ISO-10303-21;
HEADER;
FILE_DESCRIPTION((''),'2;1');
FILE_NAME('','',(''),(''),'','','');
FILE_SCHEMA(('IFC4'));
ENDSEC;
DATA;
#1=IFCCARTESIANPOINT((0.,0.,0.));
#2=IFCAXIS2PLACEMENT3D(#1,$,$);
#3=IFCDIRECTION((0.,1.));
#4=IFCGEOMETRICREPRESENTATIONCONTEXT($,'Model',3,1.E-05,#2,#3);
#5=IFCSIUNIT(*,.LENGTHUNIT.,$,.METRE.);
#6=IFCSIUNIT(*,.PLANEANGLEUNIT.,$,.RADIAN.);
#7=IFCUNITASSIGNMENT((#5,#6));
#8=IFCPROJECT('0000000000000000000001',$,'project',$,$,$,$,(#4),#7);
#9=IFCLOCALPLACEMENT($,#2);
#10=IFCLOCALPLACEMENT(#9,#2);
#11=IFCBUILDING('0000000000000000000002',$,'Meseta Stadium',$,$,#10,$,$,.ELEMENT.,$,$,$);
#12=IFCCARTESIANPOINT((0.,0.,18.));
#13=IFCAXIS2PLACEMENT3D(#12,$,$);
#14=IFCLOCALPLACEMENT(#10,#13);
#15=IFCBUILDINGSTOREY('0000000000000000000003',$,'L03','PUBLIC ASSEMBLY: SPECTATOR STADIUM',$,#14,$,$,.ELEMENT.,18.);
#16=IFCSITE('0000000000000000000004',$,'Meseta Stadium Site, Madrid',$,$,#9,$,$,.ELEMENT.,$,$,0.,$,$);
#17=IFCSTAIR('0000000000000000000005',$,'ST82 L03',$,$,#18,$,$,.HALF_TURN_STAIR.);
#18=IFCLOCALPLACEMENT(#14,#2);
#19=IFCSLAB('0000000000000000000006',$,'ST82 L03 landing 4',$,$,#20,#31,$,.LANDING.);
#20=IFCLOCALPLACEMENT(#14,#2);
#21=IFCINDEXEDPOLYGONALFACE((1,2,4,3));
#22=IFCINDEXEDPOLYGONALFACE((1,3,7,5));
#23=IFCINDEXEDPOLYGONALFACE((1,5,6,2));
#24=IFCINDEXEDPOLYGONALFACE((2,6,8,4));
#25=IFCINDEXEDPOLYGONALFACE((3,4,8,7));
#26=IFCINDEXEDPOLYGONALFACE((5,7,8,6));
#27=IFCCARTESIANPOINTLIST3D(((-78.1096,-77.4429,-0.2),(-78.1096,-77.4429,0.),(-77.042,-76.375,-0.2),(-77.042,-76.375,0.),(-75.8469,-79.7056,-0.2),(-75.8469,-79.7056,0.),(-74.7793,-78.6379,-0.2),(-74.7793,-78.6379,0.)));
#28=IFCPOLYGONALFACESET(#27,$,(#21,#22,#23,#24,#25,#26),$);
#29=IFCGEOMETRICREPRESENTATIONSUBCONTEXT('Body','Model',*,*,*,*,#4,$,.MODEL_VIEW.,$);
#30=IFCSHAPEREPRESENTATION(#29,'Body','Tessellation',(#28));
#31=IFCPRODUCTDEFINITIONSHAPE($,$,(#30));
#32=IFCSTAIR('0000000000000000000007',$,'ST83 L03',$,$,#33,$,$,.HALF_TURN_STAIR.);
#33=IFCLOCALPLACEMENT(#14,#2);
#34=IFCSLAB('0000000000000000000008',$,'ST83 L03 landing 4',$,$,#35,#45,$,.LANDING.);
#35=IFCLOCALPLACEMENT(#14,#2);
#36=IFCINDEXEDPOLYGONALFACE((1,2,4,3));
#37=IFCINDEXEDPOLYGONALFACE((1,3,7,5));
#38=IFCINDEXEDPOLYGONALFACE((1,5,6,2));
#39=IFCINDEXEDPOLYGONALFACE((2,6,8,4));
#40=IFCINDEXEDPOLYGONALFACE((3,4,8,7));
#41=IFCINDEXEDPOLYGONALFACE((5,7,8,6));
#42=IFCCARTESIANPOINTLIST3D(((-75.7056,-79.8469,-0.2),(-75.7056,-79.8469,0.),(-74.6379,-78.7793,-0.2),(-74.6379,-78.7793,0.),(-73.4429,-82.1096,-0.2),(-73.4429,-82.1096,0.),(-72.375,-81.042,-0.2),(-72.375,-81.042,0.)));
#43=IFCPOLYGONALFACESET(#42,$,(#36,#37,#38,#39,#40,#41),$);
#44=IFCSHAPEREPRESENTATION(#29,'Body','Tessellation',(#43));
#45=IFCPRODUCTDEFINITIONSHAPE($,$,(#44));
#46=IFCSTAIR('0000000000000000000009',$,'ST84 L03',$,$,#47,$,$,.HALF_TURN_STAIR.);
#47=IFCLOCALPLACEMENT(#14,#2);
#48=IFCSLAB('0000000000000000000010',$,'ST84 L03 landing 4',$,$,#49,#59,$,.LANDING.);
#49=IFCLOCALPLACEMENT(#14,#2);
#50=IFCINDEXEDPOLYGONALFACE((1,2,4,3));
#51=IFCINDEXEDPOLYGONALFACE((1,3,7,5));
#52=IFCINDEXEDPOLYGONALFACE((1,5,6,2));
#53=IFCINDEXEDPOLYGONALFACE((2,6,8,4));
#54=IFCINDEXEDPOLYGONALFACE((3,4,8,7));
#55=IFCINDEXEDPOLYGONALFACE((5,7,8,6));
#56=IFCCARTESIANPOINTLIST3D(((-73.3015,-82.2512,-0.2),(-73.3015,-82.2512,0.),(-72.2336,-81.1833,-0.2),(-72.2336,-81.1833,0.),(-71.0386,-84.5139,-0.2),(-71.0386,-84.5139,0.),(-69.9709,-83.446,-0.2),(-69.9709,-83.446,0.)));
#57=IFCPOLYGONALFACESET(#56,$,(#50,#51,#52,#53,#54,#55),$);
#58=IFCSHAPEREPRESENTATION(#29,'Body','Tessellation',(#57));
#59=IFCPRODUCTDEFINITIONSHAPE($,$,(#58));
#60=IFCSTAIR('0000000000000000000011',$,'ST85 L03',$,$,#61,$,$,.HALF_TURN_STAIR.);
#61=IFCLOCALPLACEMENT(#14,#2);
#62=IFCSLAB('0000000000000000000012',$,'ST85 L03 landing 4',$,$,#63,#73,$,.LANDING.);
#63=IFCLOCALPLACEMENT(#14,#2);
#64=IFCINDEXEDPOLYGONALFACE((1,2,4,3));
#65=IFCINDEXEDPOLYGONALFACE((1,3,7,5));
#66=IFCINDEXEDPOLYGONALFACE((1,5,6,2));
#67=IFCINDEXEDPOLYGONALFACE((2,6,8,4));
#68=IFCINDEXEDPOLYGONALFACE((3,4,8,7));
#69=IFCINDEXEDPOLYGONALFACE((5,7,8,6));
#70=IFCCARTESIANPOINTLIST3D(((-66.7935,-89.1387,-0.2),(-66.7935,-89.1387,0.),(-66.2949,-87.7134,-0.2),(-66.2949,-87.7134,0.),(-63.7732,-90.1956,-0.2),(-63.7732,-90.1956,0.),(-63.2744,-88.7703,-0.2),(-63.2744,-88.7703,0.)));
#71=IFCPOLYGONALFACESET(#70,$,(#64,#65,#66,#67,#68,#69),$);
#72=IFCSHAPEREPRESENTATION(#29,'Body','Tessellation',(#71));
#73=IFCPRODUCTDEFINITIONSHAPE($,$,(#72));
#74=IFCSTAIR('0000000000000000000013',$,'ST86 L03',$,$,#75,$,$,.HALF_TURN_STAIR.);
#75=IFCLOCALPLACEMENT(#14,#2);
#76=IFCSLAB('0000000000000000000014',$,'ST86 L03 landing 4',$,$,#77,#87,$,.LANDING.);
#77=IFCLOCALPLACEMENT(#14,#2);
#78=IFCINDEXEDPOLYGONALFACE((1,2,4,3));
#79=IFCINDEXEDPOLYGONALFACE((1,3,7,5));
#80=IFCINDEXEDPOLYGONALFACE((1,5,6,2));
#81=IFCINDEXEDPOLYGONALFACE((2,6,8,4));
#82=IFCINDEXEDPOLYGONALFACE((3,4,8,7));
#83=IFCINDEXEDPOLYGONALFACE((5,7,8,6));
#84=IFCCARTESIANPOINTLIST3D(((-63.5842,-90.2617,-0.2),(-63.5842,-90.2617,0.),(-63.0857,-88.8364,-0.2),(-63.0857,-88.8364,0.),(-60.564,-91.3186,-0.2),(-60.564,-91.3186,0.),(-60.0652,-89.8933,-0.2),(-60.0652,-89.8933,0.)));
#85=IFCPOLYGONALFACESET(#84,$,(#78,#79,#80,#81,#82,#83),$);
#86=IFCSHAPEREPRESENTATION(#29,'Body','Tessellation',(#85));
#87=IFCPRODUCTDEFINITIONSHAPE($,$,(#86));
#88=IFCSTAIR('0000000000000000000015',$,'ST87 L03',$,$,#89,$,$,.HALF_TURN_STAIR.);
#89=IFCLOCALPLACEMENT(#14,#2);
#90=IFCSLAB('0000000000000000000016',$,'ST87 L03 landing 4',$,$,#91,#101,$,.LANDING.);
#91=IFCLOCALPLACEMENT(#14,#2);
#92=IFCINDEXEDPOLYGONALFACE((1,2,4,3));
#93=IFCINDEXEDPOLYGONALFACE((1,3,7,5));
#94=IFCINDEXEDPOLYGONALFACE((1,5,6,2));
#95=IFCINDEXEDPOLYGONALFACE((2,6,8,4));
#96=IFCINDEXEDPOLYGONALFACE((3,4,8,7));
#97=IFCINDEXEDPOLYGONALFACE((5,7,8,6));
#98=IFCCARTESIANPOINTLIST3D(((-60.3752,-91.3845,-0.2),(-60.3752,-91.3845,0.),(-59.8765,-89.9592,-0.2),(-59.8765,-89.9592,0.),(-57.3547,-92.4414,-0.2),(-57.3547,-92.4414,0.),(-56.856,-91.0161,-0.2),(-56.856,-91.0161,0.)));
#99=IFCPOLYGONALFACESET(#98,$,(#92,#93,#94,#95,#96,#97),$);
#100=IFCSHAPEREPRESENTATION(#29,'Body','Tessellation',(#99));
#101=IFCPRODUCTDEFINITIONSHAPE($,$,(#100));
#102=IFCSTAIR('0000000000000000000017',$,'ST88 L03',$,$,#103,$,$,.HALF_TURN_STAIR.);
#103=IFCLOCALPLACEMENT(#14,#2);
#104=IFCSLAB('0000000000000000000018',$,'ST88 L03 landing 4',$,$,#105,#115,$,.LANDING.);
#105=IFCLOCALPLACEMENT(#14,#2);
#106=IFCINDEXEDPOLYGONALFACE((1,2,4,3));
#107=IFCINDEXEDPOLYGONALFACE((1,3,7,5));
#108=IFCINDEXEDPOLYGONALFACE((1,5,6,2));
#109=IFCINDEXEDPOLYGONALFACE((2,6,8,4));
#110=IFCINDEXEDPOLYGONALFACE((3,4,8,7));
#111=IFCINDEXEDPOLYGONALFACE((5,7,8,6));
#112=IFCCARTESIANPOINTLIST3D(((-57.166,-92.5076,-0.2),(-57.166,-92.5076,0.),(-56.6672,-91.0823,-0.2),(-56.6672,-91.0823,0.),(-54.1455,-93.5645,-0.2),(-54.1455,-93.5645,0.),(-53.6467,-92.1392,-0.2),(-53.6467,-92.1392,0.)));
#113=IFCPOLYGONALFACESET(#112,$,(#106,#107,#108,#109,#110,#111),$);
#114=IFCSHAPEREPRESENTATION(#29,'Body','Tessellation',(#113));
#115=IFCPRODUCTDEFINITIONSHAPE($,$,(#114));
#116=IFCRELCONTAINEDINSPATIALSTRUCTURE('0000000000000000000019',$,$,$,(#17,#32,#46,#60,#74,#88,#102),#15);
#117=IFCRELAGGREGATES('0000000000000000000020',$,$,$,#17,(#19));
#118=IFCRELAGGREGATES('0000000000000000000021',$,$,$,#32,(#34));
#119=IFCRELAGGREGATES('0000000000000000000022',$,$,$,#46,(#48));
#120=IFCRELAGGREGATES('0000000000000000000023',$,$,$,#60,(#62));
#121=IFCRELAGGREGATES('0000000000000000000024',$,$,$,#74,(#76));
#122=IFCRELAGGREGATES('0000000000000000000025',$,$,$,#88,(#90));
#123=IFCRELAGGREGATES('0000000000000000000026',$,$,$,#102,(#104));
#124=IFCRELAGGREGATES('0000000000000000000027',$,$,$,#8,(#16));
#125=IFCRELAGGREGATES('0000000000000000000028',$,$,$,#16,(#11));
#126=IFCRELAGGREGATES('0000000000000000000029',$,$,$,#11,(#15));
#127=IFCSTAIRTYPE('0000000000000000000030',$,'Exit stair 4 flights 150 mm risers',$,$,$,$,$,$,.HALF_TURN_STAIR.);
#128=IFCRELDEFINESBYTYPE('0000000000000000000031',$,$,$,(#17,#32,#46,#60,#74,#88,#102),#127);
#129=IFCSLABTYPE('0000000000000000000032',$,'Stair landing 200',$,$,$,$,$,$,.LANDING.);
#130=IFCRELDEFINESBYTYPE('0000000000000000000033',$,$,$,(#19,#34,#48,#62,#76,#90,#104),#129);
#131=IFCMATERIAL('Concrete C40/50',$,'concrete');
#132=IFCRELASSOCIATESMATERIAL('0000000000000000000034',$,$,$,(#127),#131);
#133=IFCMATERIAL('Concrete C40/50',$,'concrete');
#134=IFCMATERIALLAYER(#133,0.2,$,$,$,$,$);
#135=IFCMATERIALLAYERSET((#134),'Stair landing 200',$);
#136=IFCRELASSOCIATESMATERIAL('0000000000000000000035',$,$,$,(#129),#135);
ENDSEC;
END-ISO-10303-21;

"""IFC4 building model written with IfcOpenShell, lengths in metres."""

from ifc_helpers import new_model, si_unit, direction, frame, origin, place, context, subcontext, project, spatial, polyline, outline, extrude, material, layer, layer_set, type_object, element, aggregate, save


model = new_model("IFC4")

# Units and contexts
model_context = context("Model", 3, precision=1e-05, world=origin(), true_north=direction((0.0, 1.0)))
body_context = subcontext(model_context, "Body", "Model", "MODEL_VIEW")
ifc_project = project(units=[si_unit("LENGTHUNIT", "METRE"), si_unit("PLANEANGLEUNIT", "RADIAN")], contexts=[model_context])

# Site, building, storey
site_placement = place(None, origin())
site = spatial("IfcSite", under=ifc_project, at=site_placement, Name="Meseta Stadium Site, Madrid", CompositionType="ELEMENT", RefElevation=0.0)
building_placement = place(site_placement, origin())
building = spatial("IfcBuilding", under=site, at=building_placement, Name="Meseta Stadium", CompositionType="ELEMENT")
storey_placement = place(building_placement, frame((0.0, 0.0, 18.0)))
storey = spatial("IfcBuildingStorey", under=building, at=storey_placement, Name="L03", Description="PUBLIC ASSEMBLY: SPECTATOR STADIUM", CompositionType="ELEMENT", Elevation=18.0)

# Stairs, slabs
ifc_material_1 = material(Name="Concrete C40/50", Category="concrete")
stair_type = type_object("IfcStairType", Name="Exit stair 4 flights 150 mm risers", PredefinedType="HALF_TURN_STAIR", material=ifc_material_1)
ifc_material_2 = material(Name="Concrete C40/50", Category="concrete")
ifc_layer = layer(ifc_material_2, 0.2)
ifc_layer_set = layer_set([ifc_layer], Name="Stair landing 200")
slab_type = type_object("IfcSlabType", Name="Stair landing 200", PredefinedType="LANDING", material=ifc_layer_set)
stair_1_placement = place(storey_placement, origin())
stair_1 = element("IfcStair", 1, at=stair_1_placement, inside=storey, type_object=stair_type, Name="ST82 L03", PredefinedType="HALF_TURN_STAIR")
slab_1_placement = place(storey_placement, frame((0.0, 0.0, -0.2)))
slab_1 = element("IfcSlab", 2, at=slab_1_placement, type_object=slab_type, Name="ST82 L03 landing 4", PredefinedType="LANDING", context=body_context, shape_type="SweptSolid", body=[
    extrude(outline(polyline([(-77.042, -76.375), (-78.1096, -77.4429), (-75.8469, -79.7056), (-74.7793, -78.6379), (-77.042, -76.375)])), origin(), (0.0, 0.0, 1.0), 0.2),
])
aggregate(stair_1, [slab_1])
stair_2_placement = place(storey_placement, origin())
stair_2 = element("IfcStair", 3, at=stair_2_placement, inside=storey, type_object=stair_type, Name="ST83 L03", PredefinedType="HALF_TURN_STAIR")
slab_2_placement = place(storey_placement, frame((0.0, 0.0, -0.2)))
slab_2 = element("IfcSlab", 4, at=slab_2_placement, type_object=slab_type, Name="ST83 L03 landing 4", PredefinedType="LANDING", context=body_context, shape_type="SweptSolid", body=[
    extrude(outline(polyline([(-74.6379, -78.7793), (-75.7056, -79.8469), (-73.4429, -82.1096), (-72.375, -81.042), (-74.6379, -78.7793)])), origin(), (0.0, 0.0, 1.0), 0.2),
])
aggregate(stair_2, [slab_2])
stair_3_placement = place(storey_placement, origin())
stair_3 = element("IfcStair", 5, at=stair_3_placement, inside=storey, type_object=stair_type, Name="ST84 L03", PredefinedType="HALF_TURN_STAIR")
slab_3_placement = place(storey_placement, frame((0.0, 0.0, -0.2)))
slab_3 = element("IfcSlab", 6, at=slab_3_placement, type_object=slab_type, Name="ST84 L03 landing 4", PredefinedType="LANDING", context=body_context, shape_type="SweptSolid", body=[
    extrude(outline(polyline([(-72.2336, -81.1833), (-73.3015, -82.2512), (-71.0386, -84.5139), (-69.9709, -83.446), (-72.2336, -81.1833)])), origin(), (0.0, 0.0, 1.0), 0.2),
])
aggregate(stair_3, [slab_3])
stair_4_placement = place(storey_placement, origin())
stair_4 = element("IfcStair", 7, at=stair_4_placement, inside=storey, type_object=stair_type, Name="ST85 L03", PredefinedType="HALF_TURN_STAIR")
slab_4_placement = place(storey_placement, frame((0.0, 0.0, -0.2)))
slab_4 = element("IfcSlab", 8, at=slab_4_placement, type_object=slab_type, Name="ST85 L03 landing 4", PredefinedType="LANDING", context=body_context, shape_type="SweptSolid", body=[
    extrude(outline(polyline([(-66.2949, -87.7134), (-66.7935, -89.1387), (-63.7732, -90.1956), (-63.2744, -88.7703), (-66.2949, -87.7134)])), origin(), (0.0, 0.0, 1.0), 0.2),
])
aggregate(stair_4, [slab_4])
stair_5_placement = place(storey_placement, origin())
stair_5 = element("IfcStair", 9, at=stair_5_placement, inside=storey, type_object=stair_type, Name="ST86 L03", PredefinedType="HALF_TURN_STAIR")
slab_5_placement = place(storey_placement, frame((0.0, 0.0, -0.2)))
slab_5 = element("IfcSlab", 10, at=slab_5_placement, type_object=slab_type, Name="ST86 L03 landing 4", PredefinedType="LANDING", context=body_context, shape_type="SweptSolid", body=[
    extrude(outline(polyline([(-63.0857, -88.8364), (-63.5842, -90.2617), (-60.564, -91.3186), (-60.0652, -89.8933), (-63.0857, -88.8364)])), origin(), (0.0, 0.0, 1.0), 0.2),
])
aggregate(stair_5, [slab_5])
stair_6_placement = place(storey_placement, origin())
stair_6 = element("IfcStair", 11, at=stair_6_placement, inside=storey, type_object=stair_type, Name="ST87 L03", PredefinedType="HALF_TURN_STAIR")
slab_6_placement = place(storey_placement, frame((0.0, 0.0, -0.2)))
slab_6 = element("IfcSlab", 12, at=slab_6_placement, type_object=slab_type, Name="ST87 L03 landing 4", PredefinedType="LANDING", context=body_context, shape_type="SweptSolid", body=[
    extrude(outline(polyline([(-59.8765, -89.9592), (-60.3752, -91.3845), (-57.3547, -92.4414), (-56.856, -91.0161), (-59.8765, -89.9592)])), origin(), (0.0, 0.0, 1.0), 0.2),
])
aggregate(stair_6, [slab_6])
stair_7_placement = place(storey_placement, origin())
stair_7 = element("IfcStair", 13, at=stair_7_placement, inside=storey, type_object=stair_type, Name="ST88 L03", PredefinedType="HALF_TURN_STAIR")
slab_7_placement = place(storey_placement, frame((0.0, 0.0, -0.2)))
slab_7 = element("IfcSlab", 14, at=slab_7_placement, type_object=slab_type, Name="ST88 L03 landing 4", PredefinedType="LANDING", context=body_context, shape_type="SweptSolid", body=[
    extrude(outline(polyline([(-56.6672, -91.0823), (-57.166, -92.5076), (-54.1455, -93.5645), (-53.6467, -92.1392), (-56.6672, -91.0823)])), origin(), (0.0, 0.0, 1.0), 0.2),
])
aggregate(stair_7, [slab_7])

save(model, "model.ifc")
